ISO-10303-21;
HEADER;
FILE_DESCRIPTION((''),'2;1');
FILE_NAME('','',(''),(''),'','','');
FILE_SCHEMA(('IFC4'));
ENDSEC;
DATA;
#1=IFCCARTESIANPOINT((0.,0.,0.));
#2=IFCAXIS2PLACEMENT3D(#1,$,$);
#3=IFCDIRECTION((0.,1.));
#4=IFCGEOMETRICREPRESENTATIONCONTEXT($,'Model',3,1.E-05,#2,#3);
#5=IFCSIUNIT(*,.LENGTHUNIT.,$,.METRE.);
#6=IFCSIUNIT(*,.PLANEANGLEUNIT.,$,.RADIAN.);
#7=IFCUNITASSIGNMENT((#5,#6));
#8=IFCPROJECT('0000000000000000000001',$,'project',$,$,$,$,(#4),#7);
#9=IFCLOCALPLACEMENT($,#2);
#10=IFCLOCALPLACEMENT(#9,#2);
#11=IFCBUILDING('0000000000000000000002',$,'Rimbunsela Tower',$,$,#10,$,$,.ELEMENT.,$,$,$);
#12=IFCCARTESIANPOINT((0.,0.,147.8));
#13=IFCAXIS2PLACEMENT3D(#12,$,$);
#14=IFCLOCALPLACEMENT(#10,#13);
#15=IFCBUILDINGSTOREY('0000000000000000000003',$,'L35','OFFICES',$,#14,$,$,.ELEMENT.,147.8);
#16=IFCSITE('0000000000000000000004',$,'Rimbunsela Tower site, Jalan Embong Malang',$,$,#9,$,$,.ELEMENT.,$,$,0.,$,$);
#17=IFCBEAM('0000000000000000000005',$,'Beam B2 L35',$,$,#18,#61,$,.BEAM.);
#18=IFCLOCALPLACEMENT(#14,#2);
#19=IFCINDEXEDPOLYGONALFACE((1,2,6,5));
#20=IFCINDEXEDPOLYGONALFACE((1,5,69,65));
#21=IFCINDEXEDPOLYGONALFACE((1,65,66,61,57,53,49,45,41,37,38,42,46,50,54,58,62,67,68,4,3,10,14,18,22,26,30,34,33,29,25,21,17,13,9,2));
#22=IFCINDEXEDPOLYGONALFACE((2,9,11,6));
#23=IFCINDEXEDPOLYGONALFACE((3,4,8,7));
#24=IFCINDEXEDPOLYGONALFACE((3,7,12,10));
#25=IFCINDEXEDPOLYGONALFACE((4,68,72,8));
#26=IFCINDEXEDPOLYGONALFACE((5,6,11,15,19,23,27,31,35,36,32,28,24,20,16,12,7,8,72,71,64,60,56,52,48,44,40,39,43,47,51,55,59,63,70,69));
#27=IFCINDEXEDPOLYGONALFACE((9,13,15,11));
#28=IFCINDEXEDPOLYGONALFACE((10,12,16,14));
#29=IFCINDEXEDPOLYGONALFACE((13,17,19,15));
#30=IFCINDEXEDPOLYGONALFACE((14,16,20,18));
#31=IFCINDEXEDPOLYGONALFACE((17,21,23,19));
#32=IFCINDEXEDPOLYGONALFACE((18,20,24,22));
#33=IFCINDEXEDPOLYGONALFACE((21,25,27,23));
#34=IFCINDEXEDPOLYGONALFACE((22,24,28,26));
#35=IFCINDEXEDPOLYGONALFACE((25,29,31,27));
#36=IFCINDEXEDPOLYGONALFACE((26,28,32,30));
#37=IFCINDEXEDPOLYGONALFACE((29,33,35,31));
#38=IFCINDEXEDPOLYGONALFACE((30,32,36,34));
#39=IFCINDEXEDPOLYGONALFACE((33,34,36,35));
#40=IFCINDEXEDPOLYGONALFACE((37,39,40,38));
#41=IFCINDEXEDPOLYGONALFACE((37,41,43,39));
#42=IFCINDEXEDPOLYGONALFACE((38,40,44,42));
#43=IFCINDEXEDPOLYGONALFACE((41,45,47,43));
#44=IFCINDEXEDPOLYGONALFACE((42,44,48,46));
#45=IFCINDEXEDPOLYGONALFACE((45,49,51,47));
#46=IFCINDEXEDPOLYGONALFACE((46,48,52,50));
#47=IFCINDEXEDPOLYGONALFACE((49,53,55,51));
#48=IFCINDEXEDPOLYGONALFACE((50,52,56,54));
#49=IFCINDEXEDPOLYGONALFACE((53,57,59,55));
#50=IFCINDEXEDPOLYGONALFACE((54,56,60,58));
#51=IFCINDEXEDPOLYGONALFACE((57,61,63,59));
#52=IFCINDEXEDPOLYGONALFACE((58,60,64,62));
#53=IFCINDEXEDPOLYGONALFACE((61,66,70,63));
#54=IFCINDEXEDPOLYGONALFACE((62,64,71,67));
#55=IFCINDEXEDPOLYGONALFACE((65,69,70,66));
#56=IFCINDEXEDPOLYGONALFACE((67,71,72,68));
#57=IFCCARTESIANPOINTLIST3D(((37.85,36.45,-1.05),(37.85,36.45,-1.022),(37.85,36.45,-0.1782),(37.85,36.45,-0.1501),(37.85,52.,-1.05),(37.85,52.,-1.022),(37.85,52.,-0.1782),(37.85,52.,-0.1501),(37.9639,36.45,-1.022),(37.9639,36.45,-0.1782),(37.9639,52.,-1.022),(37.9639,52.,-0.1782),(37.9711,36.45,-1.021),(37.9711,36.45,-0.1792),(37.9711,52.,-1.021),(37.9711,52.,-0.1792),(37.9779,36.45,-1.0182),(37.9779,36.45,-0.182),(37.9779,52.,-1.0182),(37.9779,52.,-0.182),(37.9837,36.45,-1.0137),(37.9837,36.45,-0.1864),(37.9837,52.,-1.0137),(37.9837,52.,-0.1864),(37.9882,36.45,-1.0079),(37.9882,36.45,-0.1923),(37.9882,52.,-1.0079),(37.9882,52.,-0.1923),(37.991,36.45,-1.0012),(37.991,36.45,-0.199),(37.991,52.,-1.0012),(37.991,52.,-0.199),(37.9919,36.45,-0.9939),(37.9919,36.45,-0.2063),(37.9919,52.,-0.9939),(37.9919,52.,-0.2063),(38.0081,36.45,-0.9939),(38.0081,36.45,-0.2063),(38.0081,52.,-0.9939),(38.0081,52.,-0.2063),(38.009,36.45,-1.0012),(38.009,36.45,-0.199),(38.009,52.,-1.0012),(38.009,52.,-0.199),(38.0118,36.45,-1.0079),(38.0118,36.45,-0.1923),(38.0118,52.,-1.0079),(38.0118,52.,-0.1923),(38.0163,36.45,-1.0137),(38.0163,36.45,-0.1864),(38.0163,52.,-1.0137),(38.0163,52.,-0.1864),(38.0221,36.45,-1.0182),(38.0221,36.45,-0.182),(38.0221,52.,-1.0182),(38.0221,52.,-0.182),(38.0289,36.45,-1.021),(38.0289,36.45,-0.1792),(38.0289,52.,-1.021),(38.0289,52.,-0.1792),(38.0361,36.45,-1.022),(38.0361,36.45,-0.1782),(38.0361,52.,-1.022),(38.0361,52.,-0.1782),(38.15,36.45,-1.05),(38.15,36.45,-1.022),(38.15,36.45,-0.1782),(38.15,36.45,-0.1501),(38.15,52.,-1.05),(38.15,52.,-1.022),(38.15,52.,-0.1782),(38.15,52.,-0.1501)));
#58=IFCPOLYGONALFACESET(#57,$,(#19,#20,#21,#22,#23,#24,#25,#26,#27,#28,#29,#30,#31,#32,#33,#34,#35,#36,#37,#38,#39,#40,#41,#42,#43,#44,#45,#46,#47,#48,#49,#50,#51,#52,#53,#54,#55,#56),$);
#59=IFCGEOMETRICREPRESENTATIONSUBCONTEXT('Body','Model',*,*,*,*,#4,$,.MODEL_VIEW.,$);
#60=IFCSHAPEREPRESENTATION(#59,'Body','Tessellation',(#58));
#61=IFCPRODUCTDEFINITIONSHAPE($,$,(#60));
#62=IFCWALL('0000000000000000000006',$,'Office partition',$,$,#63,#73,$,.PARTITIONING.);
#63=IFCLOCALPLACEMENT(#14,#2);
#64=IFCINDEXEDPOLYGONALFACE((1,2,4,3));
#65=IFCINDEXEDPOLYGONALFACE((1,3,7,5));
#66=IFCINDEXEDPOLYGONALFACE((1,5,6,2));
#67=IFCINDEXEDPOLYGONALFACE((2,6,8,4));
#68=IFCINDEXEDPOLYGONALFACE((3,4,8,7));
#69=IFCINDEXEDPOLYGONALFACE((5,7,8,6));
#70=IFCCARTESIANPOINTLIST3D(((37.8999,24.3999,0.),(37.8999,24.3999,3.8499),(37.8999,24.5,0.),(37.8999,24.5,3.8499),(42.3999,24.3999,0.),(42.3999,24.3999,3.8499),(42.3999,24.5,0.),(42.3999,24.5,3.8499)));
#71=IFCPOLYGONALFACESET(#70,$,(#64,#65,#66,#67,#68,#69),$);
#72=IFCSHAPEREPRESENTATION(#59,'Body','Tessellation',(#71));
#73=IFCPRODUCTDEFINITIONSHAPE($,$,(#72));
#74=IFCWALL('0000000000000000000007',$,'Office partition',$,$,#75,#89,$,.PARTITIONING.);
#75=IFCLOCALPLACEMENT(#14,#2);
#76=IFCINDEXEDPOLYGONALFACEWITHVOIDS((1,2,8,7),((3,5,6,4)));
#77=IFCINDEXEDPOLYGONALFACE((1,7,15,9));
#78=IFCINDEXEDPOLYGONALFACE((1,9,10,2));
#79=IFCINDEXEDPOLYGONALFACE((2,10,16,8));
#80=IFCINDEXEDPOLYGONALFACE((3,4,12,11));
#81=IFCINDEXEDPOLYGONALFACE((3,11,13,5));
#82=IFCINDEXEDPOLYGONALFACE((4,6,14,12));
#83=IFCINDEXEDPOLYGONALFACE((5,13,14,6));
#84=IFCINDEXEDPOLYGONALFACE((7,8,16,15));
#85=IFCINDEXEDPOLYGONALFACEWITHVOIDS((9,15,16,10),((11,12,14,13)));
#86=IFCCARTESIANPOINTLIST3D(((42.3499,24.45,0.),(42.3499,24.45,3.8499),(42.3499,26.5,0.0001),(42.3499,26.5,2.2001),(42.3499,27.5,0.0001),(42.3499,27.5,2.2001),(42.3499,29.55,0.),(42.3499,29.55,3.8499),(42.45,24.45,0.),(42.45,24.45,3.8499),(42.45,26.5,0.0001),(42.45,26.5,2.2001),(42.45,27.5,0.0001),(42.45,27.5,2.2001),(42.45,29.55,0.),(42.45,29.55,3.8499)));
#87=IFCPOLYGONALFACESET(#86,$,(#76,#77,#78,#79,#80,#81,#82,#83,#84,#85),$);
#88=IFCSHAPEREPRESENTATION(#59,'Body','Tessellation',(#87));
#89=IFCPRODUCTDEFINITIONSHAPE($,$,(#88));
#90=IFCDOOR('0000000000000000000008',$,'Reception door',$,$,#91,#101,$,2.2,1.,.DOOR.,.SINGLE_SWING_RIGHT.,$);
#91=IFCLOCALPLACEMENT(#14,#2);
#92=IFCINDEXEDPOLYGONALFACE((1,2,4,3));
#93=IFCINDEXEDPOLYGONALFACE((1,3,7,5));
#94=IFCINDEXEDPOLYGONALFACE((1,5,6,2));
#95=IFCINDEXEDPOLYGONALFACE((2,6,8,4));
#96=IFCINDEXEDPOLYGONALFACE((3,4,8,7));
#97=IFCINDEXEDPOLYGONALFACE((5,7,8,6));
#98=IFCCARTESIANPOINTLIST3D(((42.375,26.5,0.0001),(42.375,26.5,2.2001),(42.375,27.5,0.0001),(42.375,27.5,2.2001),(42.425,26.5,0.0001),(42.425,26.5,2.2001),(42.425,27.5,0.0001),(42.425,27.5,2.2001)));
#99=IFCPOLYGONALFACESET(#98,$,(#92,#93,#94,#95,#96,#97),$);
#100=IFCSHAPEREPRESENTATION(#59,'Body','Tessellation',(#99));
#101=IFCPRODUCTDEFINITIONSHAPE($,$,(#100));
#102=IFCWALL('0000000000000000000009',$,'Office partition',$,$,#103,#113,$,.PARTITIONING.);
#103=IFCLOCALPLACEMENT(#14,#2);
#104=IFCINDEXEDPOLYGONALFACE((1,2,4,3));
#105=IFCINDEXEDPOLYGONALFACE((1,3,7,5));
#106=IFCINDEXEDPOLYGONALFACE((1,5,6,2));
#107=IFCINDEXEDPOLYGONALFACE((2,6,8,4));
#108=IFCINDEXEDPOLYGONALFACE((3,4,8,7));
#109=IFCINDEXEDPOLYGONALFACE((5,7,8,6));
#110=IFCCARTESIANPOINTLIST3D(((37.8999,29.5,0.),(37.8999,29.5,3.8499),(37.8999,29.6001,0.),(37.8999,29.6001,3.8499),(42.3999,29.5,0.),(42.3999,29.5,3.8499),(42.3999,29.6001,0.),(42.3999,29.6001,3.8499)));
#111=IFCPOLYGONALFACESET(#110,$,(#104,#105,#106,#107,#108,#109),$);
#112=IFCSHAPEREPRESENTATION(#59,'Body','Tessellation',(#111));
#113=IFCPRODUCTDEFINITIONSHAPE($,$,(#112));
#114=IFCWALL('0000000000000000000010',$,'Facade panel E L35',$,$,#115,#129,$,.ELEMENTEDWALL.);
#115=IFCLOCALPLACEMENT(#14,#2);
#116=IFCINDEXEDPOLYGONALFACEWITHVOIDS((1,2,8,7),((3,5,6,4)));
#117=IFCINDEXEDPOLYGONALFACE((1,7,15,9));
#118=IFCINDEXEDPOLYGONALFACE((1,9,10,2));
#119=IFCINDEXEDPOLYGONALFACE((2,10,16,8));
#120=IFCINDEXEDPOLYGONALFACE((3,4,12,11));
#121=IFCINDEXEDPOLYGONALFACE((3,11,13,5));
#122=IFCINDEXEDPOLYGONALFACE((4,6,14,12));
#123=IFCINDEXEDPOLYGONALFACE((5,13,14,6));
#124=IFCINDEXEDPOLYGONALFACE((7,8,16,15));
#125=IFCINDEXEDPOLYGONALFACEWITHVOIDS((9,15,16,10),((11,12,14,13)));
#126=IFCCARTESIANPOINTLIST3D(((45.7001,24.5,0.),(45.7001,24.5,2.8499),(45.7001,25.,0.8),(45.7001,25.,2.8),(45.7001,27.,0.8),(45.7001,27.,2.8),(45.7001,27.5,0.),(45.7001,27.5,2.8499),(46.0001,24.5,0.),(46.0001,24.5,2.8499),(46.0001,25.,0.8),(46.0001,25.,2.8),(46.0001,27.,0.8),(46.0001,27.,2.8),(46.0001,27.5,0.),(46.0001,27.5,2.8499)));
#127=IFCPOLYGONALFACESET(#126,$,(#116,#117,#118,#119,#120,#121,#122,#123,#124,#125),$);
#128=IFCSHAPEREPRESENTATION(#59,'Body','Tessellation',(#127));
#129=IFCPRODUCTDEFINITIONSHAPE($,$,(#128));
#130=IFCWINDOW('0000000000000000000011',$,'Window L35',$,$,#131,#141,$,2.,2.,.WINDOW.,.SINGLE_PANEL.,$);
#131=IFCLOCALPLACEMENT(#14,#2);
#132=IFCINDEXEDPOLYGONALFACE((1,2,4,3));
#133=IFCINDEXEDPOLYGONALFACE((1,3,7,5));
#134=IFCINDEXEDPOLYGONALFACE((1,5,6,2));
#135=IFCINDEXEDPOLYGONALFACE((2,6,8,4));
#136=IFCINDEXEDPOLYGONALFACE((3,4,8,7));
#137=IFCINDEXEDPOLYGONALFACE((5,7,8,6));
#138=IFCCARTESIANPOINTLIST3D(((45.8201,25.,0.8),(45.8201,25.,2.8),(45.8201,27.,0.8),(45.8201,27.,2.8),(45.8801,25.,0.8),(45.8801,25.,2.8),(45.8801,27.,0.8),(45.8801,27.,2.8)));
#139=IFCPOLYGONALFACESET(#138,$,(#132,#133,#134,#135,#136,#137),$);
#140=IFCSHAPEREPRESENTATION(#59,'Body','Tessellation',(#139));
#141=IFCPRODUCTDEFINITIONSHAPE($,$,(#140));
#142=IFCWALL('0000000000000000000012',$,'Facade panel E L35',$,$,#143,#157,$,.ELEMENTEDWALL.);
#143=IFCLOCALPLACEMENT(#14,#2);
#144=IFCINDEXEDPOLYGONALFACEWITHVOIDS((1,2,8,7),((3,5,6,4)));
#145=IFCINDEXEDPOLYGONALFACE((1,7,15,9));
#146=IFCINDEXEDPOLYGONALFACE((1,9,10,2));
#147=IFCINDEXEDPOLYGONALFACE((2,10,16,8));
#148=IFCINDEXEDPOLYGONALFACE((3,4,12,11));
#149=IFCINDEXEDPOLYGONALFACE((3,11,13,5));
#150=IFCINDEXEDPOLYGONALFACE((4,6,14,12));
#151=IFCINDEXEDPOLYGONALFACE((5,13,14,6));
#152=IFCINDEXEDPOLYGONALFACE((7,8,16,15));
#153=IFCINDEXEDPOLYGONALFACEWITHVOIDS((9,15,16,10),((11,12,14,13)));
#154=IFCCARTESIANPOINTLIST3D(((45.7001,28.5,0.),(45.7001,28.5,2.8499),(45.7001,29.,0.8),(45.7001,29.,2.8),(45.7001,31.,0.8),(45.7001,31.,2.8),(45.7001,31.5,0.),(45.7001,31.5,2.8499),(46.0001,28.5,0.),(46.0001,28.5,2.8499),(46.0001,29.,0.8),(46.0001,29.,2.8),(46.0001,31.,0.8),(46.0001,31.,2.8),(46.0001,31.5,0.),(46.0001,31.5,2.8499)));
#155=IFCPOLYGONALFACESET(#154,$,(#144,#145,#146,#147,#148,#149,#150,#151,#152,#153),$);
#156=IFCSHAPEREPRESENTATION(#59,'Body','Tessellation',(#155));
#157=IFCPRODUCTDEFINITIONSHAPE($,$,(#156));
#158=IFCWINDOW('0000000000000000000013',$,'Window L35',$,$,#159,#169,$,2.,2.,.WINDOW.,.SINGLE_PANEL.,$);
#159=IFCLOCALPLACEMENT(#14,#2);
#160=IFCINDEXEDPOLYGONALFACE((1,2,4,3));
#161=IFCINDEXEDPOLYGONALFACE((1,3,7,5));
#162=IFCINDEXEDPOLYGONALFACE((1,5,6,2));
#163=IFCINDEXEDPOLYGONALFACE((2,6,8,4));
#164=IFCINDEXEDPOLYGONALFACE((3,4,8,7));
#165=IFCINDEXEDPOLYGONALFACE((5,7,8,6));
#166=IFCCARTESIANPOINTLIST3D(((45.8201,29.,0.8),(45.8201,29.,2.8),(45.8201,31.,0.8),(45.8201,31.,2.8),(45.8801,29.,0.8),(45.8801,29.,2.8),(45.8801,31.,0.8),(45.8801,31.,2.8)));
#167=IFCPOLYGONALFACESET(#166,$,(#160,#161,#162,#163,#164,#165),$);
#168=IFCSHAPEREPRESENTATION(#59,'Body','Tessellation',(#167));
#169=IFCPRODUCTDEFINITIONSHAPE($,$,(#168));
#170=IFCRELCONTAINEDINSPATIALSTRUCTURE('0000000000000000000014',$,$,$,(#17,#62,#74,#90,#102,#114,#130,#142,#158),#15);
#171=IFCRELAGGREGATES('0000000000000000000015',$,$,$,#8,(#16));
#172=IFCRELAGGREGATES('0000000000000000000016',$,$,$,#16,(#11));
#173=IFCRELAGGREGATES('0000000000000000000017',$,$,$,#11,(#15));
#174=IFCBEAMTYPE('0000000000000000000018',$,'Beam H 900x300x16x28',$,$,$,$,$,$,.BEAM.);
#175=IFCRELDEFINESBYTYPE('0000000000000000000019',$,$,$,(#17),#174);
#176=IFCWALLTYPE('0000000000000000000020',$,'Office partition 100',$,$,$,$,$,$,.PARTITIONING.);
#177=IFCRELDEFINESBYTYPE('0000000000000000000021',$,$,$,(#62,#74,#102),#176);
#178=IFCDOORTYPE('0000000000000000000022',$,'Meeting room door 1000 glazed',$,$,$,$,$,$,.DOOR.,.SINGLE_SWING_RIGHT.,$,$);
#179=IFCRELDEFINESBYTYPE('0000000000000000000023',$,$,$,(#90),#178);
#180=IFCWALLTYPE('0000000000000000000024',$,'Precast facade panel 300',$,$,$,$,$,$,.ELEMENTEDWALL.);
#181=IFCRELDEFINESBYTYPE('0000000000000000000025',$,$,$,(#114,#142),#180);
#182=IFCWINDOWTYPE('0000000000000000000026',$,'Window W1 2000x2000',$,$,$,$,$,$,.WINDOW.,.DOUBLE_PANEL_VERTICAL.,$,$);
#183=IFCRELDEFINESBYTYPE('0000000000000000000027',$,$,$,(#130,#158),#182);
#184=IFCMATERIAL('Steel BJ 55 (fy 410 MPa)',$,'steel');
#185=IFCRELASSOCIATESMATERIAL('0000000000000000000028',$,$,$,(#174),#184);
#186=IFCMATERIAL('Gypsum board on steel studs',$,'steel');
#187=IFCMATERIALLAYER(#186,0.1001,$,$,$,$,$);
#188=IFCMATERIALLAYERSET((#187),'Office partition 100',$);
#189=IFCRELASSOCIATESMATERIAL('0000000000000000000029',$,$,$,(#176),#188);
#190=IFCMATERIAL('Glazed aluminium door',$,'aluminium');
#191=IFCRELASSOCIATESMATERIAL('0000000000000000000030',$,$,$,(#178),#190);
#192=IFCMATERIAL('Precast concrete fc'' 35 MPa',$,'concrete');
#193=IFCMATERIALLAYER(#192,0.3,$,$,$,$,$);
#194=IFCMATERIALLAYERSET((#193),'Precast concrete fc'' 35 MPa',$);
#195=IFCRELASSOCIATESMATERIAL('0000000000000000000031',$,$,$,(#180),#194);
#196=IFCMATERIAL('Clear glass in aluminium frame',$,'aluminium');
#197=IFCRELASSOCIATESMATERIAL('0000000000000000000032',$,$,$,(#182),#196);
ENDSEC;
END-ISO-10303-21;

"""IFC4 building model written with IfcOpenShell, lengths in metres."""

from ifc_helpers import new_model, si_unit, direction, frame, frame_2d, origin, origin_2d, place, context, subcontext, project, spatial, rectangle, i_section, extrude, material, layer, layer_set, material_profile, profile_set, type_object, element, fill, save


model = new_model("IFC4")

# Units and contexts
model_context = context("Model", 3, precision=1e-05, world=origin(), true_north=direction((0.0, 1.0)))
body_context = subcontext(model_context, "Body", "Model", "MODEL_VIEW")
ifc_project = project(units=[si_unit("LENGTHUNIT", "METRE"), si_unit("PLANEANGLEUNIT", "RADIAN")], contexts=[model_context])

# Site, building, storey
site_placement = place(None, origin())
site = spatial("IfcSite", under=ifc_project, at=site_placement, Name="Rimbunsela Tower site, Jalan Embong Malang", CompositionType="ELEMENT", RefElevation=0.0)
building_placement = place(site_placement, origin())
building = spatial("IfcBuilding", under=site, at=building_placement, Name="Rimbunsela Tower", CompositionType="ELEMENT")
storey_placement = place(building_placement, frame((0.0, 0.0, 147.8)))
storey = spatial("IfcBuildingStorey", under=building, at=storey_placement, Name="L35", Description="OFFICES", CompositionType="ELEMENT", Elevation=147.8)

# Beam
ifc_material_1 = material(Name="Steel BJ 55 (fy 410 MPa)", Category="steel")
ifc_material_profile_1 = material_profile(ifc_material_1, i_section(OverallWidth=0.3, OverallDepth=0.8999, WebThickness=0.0161, FlangeThickness=0.0281, FilletRadius=0.0281, at=origin_2d()), Name="H 900x300x16x28")
ifc_profile_set_1 = profile_set([ifc_material_profile_1], Name="Steel BJ 55 (fy 410 MPa)")
beam_type_1 = type_object("IfcBeamType", Name="Beam H 900x300x16x28", PredefinedType="BEAM", material=ifc_profile_set_1)
beam_1_placement = place(storey_placement, frame((38.0, 36.45, -0.6001), z_axis=(0.0, 1.0, 0.0), x_axis=(-1.0, 0.0, 0.0)))
element("IfcBeam", 1, at=beam_1_placement, inside=storey, type_object=beam_type_1, Name="Beam B2 L35", PredefinedType="BEAM", context=body_context, shape_type="SweptSolid", body=[
    extrude(i_section(OverallWidth=0.3, OverallDepth=0.8999, WebThickness=0.0161, FlangeThickness=0.0281, FilletRadius=0.0281, at=origin_2d()), origin(), (0.0, 0.0, 1.0), 15.55),
])

# Wall
ifc_material_2 = material(Name="Gypsum board on steel studs", Category="steel")
ifc_layer_1 = layer(ifc_material_2, 0.1001)
ifc_layer_set_1 = layer_set([ifc_layer_1], Name="Office partition 100")
wall_type_1 = type_object("IfcWallType", Name="Office partition 100", PredefinedType="PARTITIONING", material=ifc_layer_set_1)
wall_1_placement = place(storey_placement, frame((37.8999, 24.45, 0.0), z_axis=(0.0, 0.0, 1.0), x_axis=(1.0, 0.0, 0.0)))
element("IfcWall", 2, at=wall_1_placement, inside=storey, type_object=wall_type_1, Name="Office partition", PredefinedType="PARTITIONING", context=body_context, shape_type="SweptSolid", body=[
    extrude(rectangle(XDim=4.5, YDim=0.1001, at=frame_2d((2.25, 0.0))), origin(), (0.0, 0.0, 1.0), 3.8499),
])

# Wall, opening, door
wall_2_placement = place(storey_placement, frame((42.3999, 24.45, 0.0), z_axis=(0.0, 0.0, 1.0), x_axis=(0.0, 1.0, 0.0)))
wall_2 = element("IfcWall", 3, at=wall_2_placement, inside=storey, type_object=wall_type_1, Name="Office partition", PredefinedType="PARTITIONING", context=body_context, shape_type="SweptSolid", body=[
    extrude(rectangle(XDim=5.1001, YDim=0.1001, at=frame_2d((2.55, 0.0))), origin(), (0.0, 0.0, 1.0), 3.8499),
])
opening_1_placement = place(wall_2_placement, frame((2.05, 0.0, 0.0)))
opening_1 = element("IfcOpeningElement", 4, at=opening_1_placement, cuts=wall_2, PredefinedType="OPENING", context=body_context, shape_type="SweptSolid", body=[
    extrude(rectangle(XDim=1.0, YDim=2.2, at=frame_2d((0.5, 1.1001))), frame((0.0, 0.0601, 0.0), z_axis=(0.0, -1.0, 0.0), x_axis=(1.0, 0.0, 0.0)), (0.0, 0.0, 1.0), 0.1201),
])
ifc_material_3 = material(Name="Glazed aluminium door", Category="aluminium")
door_type = type_object("IfcDoorType", Name="Meeting room door 1000 glazed", OperationType="SINGLE_SWING_RIGHT", PredefinedType="DOOR", material=ifc_material_3)
door_placement = place(opening_1_placement, origin())
door = element("IfcDoor", 5, at=door_placement, inside=storey, type_object=door_type, Name="Reception door", OperationType="SINGLE_SWING_RIGHT", OverallHeight=2.2, OverallWidth=1.0, PredefinedType="DOOR", context=body_context, shape_type="SweptSolid", body=[
    extrude(rectangle(XDim=1.0, YDim=2.2, at=frame_2d((0.5, 1.1001))), frame((0.0, 0.0249, 0.0), z_axis=(0.0, -1.0, 0.0), x_axis=(1.0, 0.0, 0.0)), (0.0, 0.0, 1.0), 0.05),
])
fill(opening_1, door)

# Wall
wall_3_placement = place(storey_placement, frame((42.3999, 29.55, 0.0), z_axis=(0.0, 0.0, 1.0), x_axis=(-1.0, 0.0, 0.0)))
element("IfcWall", 6, at=wall_3_placement, inside=storey, type_object=wall_type_1, Name="Office partition", PredefinedType="PARTITIONING", context=body_context, shape_type="SweptSolid", body=[
    extrude(rectangle(XDim=4.5, YDim=0.1001, at=frame_2d((2.25, 0.0))), origin(), (0.0, 0.0, 1.0), 3.8499),
])

# Walls, openings, windows
ifc_material_4 = material(Name="Precast concrete fc' 35 MPa", Category="concrete")
ifc_layer_2 = layer(ifc_material_4, 0.3)
ifc_layer_set_2 = layer_set([ifc_layer_2], Name="Precast concrete fc' 35 MPa")
wall_type_2 = type_object("IfcWallType", Name="Precast facade panel 300", PredefinedType="ELEMENTEDWALL", material=ifc_layer_set_2)
wall_4_placement = place(storey_placement, frame((45.8501, 24.5, 0.0), z_axis=(0.0, 0.0, 1.0), x_axis=(0.0, 1.0, 0.0)))
wall_4 = element("IfcWall", 7, at=wall_4_placement, inside=storey, type_object=wall_type_2, Name="Facade panel E L35", PredefinedType="ELEMENTEDWALL", context=body_context, shape_type="SweptSolid", body=[
    extrude(rectangle(XDim=3.0, YDim=0.3, at=frame_2d((1.5, 0.0))), origin(), (0.0, 0.0, 1.0), 2.8499),
])
opening_2_placement = place(wall_4_placement, frame((0.5, 0.0, 0.8)))
opening_2 = element("IfcOpeningElement", 8, at=opening_2_placement, cuts=wall_4, PredefinedType="OPENING", context=body_context, shape_type="SweptSolid", body=[
    extrude(rectangle(XDim=2.0, YDim=2.0, at=frame_2d((1.0, 1.0))), frame((0.0, 0.1599, 0.0), z_axis=(0.0, -1.0, 0.0), x_axis=(1.0, 0.0, 0.0)), (0.0, 0.0, 1.0), 0.3201),
])
ifc_material_5 = material(Name="Clear glass in aluminium frame", Category="aluminium")
window_type = type_object("IfcWindowType", Name="Window W1 2000x2000", PartitioningType="DOUBLE_PANEL_VERTICAL", PredefinedType="WINDOW", material=ifc_material_5)
window_1_placement = place(opening_2_placement, origin())
window_1 = element("IfcWindow", 9, at=window_1_placement, inside=storey, type_object=window_type, Name="Window L35", OverallHeight=2.0, OverallWidth=2.0, PartitioningType="SINGLE_PANEL", PredefinedType="WINDOW", context=body_context, shape_type="SweptSolid", body=[
    extrude(rectangle(XDim=2.0, YDim=2.0, at=frame_2d((1.0, 1.0))), frame((0.0, 0.03, 0.0), z_axis=(0.0, -1.0, 0.0), x_axis=(1.0, 0.0, 0.0)), (0.0, 0.0, 1.0), 0.0601),
])
fill(opening_2, window_1)
wall_5_placement = place(storey_placement, frame((45.8501, 28.5, 0.0), z_axis=(0.0, 0.0, 1.0), x_axis=(0.0, 1.0, 0.0)))
wall_5 = element("IfcWall", 10, at=wall_5_placement, inside=storey, type_object=wall_type_2, Name="Facade panel E L35", PredefinedType="ELEMENTEDWALL", context=body_context, shape_type="SweptSolid", body=[
    extrude(rectangle(XDim=3.0, YDim=0.3, at=frame_2d((1.5, 0.0))), origin(), (0.0, 0.0, 1.0), 2.8499),
])
opening_3_placement = place(wall_5_placement, frame((0.5, 0.0, 0.8)))
opening_3 = element("IfcOpeningElement", 11, at=opening_3_placement, cuts=wall_5, PredefinedType="OPENING", context=body_context, shape_type="SweptSolid", body=[
    extrude(rectangle(XDim=2.0, YDim=2.0, at=frame_2d((1.0, 1.0))), frame((0.0, 0.1599, 0.0), z_axis=(0.0, -1.0, 0.0), x_axis=(1.0, 0.0, 0.0)), (0.0, 0.0, 1.0), 0.3201),
])
window_2_placement = place(opening_3_placement, origin())
window_2 = element("IfcWindow", 12, at=window_2_placement, inside=storey, type_object=window_type, Name="Window L35", OverallHeight=2.0, OverallWidth=2.0, PartitioningType="SINGLE_PANEL", PredefinedType="WINDOW", context=body_context, shape_type="SweptSolid", body=[
    extrude(rectangle(XDim=2.0, YDim=2.0, at=frame_2d((1.0, 1.0))), frame((0.0, 0.03, 0.0), z_axis=(0.0, -1.0, 0.0), x_axis=(1.0, 0.0, 0.0)), (0.0, 0.0, 1.0), 0.0601),
])
fill(opening_3, window_2)

save(model, "model.ifc")
